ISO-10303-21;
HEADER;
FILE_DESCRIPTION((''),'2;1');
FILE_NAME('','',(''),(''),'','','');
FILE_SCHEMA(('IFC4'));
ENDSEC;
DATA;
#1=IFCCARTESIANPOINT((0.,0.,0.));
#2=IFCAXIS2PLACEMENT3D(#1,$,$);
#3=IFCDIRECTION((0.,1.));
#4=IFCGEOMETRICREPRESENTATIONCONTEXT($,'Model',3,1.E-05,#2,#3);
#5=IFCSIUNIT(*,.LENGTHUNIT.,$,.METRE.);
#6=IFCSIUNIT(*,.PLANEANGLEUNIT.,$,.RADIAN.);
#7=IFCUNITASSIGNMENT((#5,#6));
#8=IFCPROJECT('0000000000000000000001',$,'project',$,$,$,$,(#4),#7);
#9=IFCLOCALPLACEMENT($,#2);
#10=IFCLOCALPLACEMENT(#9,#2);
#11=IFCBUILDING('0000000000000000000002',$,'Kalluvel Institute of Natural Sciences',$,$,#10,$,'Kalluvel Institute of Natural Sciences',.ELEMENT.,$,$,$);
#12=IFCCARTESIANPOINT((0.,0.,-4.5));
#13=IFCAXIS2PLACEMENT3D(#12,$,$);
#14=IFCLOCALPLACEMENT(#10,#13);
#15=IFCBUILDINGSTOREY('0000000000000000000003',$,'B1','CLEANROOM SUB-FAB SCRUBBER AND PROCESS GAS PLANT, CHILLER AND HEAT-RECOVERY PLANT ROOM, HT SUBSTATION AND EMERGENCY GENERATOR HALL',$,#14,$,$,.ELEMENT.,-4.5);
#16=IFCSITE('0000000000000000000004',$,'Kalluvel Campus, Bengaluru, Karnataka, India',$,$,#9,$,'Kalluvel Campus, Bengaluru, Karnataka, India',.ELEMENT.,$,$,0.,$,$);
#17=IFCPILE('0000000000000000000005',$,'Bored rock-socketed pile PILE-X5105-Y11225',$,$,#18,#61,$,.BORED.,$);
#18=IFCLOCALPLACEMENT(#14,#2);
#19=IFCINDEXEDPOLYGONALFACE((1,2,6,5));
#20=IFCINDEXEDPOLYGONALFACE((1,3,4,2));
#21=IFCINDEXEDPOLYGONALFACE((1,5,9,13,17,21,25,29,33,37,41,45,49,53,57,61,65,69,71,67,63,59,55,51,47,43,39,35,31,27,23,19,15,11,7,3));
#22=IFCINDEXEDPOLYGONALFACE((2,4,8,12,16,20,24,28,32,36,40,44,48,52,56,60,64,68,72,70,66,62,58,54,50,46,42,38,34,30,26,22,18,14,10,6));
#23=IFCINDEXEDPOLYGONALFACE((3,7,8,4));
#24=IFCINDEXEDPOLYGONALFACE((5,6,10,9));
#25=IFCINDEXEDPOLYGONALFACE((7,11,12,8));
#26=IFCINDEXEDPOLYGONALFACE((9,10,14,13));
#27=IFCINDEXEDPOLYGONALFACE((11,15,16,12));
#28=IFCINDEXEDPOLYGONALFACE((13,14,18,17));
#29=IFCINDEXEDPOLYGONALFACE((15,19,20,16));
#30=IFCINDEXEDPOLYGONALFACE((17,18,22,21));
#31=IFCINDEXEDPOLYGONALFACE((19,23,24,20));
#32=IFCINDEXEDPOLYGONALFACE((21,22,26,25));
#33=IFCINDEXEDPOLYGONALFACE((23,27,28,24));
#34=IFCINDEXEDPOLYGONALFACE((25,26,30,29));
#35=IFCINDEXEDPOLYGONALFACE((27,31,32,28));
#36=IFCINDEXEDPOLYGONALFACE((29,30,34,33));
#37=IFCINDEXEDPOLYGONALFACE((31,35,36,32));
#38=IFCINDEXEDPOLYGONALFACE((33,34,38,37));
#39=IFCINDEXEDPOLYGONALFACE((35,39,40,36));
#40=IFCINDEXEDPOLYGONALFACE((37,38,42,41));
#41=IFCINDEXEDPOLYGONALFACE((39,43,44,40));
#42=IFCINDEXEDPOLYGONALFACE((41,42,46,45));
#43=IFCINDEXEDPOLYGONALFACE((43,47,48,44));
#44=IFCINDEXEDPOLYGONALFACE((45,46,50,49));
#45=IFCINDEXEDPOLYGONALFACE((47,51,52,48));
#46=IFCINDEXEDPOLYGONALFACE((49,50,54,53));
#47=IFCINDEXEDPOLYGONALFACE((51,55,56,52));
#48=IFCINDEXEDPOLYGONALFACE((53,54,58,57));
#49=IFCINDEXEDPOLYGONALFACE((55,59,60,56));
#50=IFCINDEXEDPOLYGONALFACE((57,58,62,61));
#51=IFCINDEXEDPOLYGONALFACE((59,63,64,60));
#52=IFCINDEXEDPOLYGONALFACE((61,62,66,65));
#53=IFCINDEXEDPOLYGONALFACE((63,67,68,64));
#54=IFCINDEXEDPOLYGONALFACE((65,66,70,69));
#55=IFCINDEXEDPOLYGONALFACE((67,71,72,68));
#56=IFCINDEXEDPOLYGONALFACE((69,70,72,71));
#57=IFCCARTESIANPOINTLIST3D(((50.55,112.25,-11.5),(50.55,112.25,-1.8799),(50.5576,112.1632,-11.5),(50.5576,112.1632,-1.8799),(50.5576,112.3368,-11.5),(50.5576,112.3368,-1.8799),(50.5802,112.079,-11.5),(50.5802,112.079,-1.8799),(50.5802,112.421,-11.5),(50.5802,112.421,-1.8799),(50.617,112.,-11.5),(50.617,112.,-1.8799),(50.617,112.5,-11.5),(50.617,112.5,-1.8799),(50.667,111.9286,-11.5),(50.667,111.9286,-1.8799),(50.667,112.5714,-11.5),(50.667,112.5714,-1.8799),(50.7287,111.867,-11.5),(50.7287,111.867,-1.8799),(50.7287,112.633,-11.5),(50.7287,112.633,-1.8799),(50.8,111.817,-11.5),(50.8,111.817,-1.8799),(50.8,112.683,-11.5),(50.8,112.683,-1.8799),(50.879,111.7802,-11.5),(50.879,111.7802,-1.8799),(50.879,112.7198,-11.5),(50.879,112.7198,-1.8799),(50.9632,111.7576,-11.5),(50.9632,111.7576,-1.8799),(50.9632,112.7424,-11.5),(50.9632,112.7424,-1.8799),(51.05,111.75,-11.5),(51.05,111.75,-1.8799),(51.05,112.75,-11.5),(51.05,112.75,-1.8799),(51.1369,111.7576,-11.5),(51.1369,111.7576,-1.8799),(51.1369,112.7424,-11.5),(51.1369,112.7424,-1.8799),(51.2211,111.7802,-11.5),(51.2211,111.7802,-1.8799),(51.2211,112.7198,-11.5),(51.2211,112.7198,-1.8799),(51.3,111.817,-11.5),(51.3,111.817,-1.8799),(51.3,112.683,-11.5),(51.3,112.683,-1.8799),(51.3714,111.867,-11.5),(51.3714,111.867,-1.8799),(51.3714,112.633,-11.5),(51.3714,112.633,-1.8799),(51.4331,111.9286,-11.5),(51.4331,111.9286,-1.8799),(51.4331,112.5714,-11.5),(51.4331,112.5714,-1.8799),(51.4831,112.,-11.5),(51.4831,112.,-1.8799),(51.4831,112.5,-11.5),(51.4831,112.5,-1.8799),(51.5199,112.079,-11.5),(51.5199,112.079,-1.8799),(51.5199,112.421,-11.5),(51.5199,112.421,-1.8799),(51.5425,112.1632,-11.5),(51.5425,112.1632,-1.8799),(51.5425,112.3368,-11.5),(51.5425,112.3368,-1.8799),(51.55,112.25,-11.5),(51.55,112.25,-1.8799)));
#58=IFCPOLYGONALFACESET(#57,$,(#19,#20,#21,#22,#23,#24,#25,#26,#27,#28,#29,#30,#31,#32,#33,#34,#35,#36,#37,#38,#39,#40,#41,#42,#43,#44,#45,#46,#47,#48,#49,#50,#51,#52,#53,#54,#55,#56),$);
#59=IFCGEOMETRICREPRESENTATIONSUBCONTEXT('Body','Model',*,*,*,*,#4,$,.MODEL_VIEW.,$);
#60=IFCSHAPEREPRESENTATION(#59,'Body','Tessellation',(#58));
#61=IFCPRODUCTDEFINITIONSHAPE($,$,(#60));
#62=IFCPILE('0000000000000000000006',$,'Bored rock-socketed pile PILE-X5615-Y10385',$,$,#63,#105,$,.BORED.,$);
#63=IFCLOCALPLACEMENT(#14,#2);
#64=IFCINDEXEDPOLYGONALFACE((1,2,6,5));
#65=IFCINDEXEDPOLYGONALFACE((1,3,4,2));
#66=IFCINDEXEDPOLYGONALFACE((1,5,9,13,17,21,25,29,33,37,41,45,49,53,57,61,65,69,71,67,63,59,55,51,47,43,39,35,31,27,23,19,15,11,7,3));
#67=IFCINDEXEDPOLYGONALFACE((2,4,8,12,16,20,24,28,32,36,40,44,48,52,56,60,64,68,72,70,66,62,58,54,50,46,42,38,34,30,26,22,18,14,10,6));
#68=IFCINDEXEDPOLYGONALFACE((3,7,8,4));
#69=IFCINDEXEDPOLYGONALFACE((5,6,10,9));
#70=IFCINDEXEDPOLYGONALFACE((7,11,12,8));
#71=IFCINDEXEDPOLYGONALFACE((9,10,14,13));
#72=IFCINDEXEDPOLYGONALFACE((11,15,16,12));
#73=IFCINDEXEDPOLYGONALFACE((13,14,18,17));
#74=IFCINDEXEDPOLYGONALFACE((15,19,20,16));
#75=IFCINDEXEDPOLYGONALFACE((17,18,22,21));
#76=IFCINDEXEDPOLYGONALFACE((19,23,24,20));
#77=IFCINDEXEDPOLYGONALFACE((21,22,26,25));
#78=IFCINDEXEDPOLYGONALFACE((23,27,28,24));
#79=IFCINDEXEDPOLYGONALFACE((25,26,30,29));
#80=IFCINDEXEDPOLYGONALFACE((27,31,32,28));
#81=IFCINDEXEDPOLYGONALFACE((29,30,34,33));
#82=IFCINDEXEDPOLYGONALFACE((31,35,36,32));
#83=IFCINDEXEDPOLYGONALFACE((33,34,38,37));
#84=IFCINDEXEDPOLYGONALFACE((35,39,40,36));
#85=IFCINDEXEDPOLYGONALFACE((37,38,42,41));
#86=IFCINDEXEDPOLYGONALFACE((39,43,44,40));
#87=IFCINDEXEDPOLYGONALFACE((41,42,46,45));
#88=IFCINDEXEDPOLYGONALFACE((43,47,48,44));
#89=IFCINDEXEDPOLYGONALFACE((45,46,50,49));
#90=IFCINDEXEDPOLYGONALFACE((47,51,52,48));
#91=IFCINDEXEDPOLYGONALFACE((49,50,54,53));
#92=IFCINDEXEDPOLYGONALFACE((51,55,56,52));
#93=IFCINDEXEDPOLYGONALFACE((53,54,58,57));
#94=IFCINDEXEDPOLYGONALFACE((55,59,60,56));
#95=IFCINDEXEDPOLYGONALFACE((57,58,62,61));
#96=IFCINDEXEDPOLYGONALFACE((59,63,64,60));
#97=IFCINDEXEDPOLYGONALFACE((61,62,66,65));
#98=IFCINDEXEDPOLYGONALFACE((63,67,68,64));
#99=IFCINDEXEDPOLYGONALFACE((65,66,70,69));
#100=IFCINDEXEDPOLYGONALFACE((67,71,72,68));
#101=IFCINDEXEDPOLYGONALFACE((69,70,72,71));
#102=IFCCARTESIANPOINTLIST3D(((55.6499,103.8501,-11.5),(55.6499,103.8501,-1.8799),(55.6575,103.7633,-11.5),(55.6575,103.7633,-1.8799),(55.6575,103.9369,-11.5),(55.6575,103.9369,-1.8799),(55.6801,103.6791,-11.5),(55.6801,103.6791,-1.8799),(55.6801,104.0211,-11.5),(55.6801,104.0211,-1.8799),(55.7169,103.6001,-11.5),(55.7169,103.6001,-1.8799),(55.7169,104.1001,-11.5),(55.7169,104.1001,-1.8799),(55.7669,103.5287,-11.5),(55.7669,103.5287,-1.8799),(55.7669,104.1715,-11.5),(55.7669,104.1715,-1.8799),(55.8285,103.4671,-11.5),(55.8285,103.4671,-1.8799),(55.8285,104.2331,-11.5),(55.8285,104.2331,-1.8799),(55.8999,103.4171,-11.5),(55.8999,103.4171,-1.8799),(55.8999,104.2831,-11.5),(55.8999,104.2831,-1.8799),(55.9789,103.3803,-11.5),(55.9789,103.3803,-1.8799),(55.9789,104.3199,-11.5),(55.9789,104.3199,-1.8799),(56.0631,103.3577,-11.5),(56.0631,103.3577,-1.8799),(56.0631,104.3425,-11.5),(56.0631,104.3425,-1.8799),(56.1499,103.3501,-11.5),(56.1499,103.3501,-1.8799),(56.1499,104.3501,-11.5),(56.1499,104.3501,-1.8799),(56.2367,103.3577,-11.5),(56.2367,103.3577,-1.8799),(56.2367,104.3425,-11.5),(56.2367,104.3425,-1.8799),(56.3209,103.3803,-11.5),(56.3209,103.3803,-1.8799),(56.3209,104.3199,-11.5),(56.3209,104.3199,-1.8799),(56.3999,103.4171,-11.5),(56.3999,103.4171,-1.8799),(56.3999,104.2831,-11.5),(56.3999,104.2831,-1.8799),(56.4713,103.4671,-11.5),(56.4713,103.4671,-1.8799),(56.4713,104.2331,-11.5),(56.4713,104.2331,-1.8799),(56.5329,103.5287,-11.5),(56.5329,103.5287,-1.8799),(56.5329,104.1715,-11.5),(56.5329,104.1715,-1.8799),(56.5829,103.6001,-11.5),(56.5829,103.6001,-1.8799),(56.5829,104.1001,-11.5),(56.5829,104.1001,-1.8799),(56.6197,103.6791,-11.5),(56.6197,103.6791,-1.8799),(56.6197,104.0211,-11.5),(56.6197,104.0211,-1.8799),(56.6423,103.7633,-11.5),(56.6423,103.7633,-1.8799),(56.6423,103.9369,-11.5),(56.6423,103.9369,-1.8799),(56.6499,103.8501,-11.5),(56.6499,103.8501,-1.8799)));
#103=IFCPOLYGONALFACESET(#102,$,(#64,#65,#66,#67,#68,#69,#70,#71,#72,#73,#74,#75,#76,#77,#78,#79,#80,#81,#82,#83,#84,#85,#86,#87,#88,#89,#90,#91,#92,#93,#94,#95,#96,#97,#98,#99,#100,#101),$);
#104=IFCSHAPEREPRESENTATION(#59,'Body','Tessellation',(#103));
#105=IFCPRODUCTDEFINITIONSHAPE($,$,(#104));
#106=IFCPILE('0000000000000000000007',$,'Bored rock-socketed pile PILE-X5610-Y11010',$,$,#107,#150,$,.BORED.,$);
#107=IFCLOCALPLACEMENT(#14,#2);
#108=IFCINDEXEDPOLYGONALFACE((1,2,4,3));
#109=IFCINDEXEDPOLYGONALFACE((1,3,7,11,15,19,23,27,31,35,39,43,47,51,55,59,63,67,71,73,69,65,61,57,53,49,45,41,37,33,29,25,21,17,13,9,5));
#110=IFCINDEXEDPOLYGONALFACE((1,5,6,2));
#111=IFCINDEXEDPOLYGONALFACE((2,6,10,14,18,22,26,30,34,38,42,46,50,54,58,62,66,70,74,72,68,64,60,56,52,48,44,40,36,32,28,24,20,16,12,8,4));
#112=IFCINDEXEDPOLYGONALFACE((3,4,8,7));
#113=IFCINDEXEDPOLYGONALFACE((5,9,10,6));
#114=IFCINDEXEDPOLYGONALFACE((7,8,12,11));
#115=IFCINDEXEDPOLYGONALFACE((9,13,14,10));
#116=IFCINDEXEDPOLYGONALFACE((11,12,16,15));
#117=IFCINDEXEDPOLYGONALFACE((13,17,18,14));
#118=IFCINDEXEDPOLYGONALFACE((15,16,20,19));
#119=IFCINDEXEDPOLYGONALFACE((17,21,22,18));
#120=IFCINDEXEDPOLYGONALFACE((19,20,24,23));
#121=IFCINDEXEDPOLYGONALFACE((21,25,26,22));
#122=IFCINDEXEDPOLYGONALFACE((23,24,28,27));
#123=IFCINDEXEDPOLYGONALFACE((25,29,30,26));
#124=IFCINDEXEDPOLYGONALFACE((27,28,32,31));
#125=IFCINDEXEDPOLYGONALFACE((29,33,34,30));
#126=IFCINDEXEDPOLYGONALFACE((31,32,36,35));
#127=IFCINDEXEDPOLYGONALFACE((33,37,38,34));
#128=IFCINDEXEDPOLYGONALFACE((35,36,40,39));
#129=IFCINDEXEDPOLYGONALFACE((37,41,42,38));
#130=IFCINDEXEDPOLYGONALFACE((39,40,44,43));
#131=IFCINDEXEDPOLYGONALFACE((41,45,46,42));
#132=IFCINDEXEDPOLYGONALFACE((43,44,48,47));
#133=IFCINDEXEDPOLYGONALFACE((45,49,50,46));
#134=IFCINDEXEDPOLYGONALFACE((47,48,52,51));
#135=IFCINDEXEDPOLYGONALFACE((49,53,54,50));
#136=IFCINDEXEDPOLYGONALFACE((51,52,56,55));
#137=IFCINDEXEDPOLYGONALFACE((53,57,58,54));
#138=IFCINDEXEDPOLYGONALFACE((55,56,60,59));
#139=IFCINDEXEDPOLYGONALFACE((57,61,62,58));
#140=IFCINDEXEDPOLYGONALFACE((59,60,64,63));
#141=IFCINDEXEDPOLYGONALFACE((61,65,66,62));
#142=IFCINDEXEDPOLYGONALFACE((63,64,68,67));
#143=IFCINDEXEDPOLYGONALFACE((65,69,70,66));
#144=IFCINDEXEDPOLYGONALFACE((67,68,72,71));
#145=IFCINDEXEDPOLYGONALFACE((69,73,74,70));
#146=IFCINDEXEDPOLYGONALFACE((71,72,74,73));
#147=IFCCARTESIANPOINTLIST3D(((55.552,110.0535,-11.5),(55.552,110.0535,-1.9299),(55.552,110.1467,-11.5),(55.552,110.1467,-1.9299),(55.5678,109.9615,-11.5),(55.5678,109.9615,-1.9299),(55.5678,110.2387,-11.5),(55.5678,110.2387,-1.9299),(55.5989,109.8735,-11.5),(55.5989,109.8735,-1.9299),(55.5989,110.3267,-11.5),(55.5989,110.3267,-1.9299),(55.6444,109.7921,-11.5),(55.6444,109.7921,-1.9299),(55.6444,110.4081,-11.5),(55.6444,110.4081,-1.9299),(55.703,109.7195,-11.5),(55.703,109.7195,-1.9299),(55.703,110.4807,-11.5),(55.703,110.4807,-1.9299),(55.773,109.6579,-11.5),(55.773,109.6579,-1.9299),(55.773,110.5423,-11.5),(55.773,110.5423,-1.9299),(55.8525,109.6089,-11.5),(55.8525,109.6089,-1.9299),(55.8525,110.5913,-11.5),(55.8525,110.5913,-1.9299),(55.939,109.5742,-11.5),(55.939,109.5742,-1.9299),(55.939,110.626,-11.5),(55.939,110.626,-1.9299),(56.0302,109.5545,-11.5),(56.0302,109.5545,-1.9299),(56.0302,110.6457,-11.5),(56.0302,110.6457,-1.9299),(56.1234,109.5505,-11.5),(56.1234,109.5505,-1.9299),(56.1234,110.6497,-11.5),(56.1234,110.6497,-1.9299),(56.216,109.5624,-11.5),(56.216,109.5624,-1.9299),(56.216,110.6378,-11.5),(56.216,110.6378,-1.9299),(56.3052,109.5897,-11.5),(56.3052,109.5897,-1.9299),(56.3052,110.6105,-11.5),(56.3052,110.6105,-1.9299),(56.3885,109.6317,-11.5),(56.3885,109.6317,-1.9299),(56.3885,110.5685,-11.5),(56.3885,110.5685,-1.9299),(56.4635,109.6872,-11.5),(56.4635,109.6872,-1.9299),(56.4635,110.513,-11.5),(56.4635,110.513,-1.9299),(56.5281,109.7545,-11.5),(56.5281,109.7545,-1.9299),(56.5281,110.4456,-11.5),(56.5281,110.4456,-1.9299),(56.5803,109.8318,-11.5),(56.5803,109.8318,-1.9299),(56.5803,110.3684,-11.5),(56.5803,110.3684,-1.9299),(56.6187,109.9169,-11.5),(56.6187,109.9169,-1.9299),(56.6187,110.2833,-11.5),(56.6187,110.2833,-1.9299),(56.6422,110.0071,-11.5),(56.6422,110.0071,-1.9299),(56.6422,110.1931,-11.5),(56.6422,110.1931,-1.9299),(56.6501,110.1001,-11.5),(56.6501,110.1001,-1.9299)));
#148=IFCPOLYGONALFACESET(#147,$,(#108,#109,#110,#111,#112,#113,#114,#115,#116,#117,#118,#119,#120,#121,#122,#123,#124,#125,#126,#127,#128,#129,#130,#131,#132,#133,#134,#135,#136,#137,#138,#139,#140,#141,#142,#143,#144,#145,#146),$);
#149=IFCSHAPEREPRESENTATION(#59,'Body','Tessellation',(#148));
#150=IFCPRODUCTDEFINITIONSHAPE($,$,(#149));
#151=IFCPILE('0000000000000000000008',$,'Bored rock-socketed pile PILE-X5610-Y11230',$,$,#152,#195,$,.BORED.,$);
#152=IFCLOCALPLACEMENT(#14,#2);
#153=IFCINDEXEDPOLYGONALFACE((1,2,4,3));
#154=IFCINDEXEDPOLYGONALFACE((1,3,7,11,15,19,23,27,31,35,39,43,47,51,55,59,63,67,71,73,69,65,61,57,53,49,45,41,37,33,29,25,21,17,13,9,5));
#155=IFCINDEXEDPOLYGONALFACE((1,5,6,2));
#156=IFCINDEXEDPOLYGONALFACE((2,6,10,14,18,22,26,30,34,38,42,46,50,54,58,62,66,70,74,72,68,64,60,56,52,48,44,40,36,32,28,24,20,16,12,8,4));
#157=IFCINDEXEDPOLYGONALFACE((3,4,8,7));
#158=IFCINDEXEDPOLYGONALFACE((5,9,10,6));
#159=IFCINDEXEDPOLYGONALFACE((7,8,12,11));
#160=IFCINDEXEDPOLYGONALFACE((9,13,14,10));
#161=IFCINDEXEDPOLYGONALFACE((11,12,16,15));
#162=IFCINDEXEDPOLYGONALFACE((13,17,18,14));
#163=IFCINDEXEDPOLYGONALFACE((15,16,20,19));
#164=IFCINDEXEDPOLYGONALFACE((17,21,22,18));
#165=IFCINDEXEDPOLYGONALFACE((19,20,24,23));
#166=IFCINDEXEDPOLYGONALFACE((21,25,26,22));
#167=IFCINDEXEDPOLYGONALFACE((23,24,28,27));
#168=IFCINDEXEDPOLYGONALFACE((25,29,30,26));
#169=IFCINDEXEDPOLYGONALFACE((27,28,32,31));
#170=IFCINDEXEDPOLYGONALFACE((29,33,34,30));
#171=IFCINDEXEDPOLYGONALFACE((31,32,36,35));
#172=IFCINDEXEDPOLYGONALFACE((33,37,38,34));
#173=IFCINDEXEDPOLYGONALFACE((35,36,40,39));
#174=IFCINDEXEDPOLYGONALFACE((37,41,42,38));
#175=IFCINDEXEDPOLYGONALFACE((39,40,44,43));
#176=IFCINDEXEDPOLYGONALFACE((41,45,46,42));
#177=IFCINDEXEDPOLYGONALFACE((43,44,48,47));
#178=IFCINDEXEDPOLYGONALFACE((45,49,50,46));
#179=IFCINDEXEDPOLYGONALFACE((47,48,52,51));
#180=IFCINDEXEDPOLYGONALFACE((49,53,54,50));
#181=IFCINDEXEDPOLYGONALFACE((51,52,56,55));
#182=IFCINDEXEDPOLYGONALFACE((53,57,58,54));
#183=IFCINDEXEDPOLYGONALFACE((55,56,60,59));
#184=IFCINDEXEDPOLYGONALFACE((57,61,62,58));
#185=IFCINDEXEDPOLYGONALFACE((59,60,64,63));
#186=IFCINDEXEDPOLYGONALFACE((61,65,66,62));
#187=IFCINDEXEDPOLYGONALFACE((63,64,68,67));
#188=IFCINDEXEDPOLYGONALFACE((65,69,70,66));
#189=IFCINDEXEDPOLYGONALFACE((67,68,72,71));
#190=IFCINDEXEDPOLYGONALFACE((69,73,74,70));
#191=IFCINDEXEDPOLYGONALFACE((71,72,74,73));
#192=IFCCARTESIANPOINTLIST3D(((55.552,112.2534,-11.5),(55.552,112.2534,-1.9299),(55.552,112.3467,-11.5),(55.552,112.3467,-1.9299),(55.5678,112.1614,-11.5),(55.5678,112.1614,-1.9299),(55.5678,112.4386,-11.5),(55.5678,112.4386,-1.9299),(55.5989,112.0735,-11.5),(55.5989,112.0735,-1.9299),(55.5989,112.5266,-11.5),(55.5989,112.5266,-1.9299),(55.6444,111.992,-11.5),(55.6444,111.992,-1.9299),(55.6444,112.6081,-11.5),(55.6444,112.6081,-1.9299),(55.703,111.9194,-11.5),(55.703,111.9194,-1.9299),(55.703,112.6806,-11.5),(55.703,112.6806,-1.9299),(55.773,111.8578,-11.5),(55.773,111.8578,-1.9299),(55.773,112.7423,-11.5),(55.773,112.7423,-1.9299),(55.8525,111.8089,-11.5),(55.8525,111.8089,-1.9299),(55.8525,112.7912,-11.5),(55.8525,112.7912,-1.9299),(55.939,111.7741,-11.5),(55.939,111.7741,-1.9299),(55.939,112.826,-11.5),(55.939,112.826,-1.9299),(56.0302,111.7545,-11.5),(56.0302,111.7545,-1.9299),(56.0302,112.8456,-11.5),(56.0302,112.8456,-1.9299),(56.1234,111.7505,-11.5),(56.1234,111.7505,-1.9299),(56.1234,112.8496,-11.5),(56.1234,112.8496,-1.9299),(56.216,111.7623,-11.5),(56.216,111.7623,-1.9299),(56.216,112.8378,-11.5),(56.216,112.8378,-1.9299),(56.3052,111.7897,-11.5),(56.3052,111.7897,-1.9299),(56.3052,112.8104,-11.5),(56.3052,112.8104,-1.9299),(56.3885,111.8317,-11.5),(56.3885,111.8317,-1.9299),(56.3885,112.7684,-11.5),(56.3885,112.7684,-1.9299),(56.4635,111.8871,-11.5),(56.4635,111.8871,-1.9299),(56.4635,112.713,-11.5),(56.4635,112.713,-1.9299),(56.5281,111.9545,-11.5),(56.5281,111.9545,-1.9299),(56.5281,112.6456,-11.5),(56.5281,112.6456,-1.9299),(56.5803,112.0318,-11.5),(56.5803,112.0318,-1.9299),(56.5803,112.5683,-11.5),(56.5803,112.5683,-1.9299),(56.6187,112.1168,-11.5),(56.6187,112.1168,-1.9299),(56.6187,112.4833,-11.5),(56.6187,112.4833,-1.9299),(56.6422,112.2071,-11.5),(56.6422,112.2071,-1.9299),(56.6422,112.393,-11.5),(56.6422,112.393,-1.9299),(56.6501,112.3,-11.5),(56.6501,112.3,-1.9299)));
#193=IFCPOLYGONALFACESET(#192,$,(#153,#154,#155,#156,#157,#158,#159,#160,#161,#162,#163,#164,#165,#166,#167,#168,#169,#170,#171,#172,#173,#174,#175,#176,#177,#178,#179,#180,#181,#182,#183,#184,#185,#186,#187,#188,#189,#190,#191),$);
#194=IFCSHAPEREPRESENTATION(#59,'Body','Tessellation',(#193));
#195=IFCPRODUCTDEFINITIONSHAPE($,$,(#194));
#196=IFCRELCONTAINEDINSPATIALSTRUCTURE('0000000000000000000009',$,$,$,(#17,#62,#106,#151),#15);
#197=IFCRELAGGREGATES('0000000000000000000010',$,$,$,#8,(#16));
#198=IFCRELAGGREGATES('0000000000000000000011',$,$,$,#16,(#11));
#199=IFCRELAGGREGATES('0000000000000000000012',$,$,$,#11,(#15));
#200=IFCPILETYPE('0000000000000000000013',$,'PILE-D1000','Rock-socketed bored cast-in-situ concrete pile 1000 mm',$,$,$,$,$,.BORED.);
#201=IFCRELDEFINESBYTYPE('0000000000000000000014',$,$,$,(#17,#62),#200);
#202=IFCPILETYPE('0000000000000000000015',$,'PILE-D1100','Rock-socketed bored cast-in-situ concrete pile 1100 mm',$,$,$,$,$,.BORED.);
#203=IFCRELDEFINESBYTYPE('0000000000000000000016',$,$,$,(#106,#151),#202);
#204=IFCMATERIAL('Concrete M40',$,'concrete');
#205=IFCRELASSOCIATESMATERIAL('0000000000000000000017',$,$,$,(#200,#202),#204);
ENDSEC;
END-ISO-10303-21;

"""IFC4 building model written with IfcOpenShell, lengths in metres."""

from ifc_helpers import new_model, si_unit, direction, frame, origin, origin_2d, place, context, subcontext, project, spatial, circle, extrude, material, material_profile, profile_set, type_object, element, save


model = new_model("IFC4")

# Units and contexts
model_context = context("Model", 3, precision=1e-05, world=origin(), true_north=direction((0.0, 1.0)))
body_context = subcontext(model_context, "Body", "Model", "MODEL_VIEW")
ifc_project = project(units=[si_unit("LENGTHUNIT", "METRE"), si_unit("PLANEANGLEUNIT", "RADIAN")], contexts=[model_context])

# Site, building, storey
site_placement = place(None, origin())
site = spatial("IfcSite", under=ifc_project, at=site_placement, Name="Kalluvel Campus, Bengaluru, Karnataka, India", LongName="Kalluvel Campus, Bengaluru, Karnataka, India", CompositionType="ELEMENT", RefElevation=0.0)
building_placement = place(site_placement, origin())
building = spatial("IfcBuilding", under=site, at=building_placement, Name="Kalluvel Institute of Natural Sciences", LongName="Kalluvel Institute of Natural Sciences", CompositionType="ELEMENT")
storey_placement = place(building_placement, frame((0.0, 0.0, -4.5)))
storey = spatial("IfcBuildingStorey", under=building, at=storey_placement, Name="B1", Description="CLEANROOM SUB-FAB SCRUBBER AND PROCESS GAS PLANT, CHILLER AND HEAT-RECOVERY PLANT ROOM, HT SUBSTATION AND EMERGENCY GENERATOR HALL", CompositionType="ELEMENT", Elevation=-4.5)

# Shared definitions
ifc_material_1 = material(Name="Concrete M40", Category="concrete")

# Piles
ifc_material_profile_1 = material_profile(ifc_material_1, circle(Radius=0.5, at=origin_2d()), Name="PILE D1000")
ifc_profile_set_1 = profile_set([ifc_material_profile_1], Name="Concrete M40")
pile_type_1 = type_object("IfcPileType", Name="PILE-D1000", Description="Rock-socketed bored cast-in-situ concrete pile 1000 mm", PredefinedType="BORED", material=ifc_profile_set_1)
for number, where, z_axis, x_axis, name in (
    (1, (51.05, 112.25, -1.8799), (0.0, 0.0, -1.0), (1.0, 0.0, 0.0), "Bored rock-socketed pile PILE-X5105-Y11225"),
    (2, (56.1499, 103.8501, -1.8799), (0.0, 0.0, -1.0), (1.0, 0.0, 0.0), "Bored rock-socketed pile PILE-X5615-Y10385"),
):
    element("IfcPile", number, at=place(storey_placement, frame(where, z_axis=z_axis, x_axis=x_axis)), inside=storey, type_object=pile_type_1, Name=name, PredefinedType="BORED", context=body_context, shape_type="SweptSolid", body=[
        extrude(circle(Radius=0.5, at=origin_2d()), origin(), (0.0, 0.0, 1.0), 9.6201),
    ])
ifc_material_profile_2 = material_profile(ifc_material_1, circle(Radius=0.55, at=origin_2d()), Name="PILE D1100")
ifc_profile_set_2 = profile_set([ifc_material_profile_2], Name="Concrete M40")
pile_type_2 = type_object("IfcPileType", Name="PILE-D1100", Description="Rock-socketed bored cast-in-situ concrete pile 1100 mm", PredefinedType="BORED", material=ifc_profile_set_2)
for number, where, z_axis, x_axis, name in (
    (3, (56.1001, 110.1001, -1.9299), (0.0, 0.0, -1.0), (1.0, 0.0, 0.0), "Bored rock-socketed pile PILE-X5610-Y11010"),
    (4, (56.1001, 112.3, -1.9299), (0.0, 0.0, -1.0), (1.0, 0.0, 0.0), "Bored rock-socketed pile PILE-X5610-Y11230"),
):
    element("IfcPile", number, at=place(storey_placement, frame(where, z_axis=z_axis, x_axis=x_axis)), inside=storey, type_object=pile_type_2, Name=name, PredefinedType="BORED", context=body_context, shape_type="SweptSolid", body=[
        extrude(circle(Radius=0.55, at=origin_2d()), origin(), (0.0, 0.0, 1.0), 9.5701),
    ])

save(model, "model.ifc")
